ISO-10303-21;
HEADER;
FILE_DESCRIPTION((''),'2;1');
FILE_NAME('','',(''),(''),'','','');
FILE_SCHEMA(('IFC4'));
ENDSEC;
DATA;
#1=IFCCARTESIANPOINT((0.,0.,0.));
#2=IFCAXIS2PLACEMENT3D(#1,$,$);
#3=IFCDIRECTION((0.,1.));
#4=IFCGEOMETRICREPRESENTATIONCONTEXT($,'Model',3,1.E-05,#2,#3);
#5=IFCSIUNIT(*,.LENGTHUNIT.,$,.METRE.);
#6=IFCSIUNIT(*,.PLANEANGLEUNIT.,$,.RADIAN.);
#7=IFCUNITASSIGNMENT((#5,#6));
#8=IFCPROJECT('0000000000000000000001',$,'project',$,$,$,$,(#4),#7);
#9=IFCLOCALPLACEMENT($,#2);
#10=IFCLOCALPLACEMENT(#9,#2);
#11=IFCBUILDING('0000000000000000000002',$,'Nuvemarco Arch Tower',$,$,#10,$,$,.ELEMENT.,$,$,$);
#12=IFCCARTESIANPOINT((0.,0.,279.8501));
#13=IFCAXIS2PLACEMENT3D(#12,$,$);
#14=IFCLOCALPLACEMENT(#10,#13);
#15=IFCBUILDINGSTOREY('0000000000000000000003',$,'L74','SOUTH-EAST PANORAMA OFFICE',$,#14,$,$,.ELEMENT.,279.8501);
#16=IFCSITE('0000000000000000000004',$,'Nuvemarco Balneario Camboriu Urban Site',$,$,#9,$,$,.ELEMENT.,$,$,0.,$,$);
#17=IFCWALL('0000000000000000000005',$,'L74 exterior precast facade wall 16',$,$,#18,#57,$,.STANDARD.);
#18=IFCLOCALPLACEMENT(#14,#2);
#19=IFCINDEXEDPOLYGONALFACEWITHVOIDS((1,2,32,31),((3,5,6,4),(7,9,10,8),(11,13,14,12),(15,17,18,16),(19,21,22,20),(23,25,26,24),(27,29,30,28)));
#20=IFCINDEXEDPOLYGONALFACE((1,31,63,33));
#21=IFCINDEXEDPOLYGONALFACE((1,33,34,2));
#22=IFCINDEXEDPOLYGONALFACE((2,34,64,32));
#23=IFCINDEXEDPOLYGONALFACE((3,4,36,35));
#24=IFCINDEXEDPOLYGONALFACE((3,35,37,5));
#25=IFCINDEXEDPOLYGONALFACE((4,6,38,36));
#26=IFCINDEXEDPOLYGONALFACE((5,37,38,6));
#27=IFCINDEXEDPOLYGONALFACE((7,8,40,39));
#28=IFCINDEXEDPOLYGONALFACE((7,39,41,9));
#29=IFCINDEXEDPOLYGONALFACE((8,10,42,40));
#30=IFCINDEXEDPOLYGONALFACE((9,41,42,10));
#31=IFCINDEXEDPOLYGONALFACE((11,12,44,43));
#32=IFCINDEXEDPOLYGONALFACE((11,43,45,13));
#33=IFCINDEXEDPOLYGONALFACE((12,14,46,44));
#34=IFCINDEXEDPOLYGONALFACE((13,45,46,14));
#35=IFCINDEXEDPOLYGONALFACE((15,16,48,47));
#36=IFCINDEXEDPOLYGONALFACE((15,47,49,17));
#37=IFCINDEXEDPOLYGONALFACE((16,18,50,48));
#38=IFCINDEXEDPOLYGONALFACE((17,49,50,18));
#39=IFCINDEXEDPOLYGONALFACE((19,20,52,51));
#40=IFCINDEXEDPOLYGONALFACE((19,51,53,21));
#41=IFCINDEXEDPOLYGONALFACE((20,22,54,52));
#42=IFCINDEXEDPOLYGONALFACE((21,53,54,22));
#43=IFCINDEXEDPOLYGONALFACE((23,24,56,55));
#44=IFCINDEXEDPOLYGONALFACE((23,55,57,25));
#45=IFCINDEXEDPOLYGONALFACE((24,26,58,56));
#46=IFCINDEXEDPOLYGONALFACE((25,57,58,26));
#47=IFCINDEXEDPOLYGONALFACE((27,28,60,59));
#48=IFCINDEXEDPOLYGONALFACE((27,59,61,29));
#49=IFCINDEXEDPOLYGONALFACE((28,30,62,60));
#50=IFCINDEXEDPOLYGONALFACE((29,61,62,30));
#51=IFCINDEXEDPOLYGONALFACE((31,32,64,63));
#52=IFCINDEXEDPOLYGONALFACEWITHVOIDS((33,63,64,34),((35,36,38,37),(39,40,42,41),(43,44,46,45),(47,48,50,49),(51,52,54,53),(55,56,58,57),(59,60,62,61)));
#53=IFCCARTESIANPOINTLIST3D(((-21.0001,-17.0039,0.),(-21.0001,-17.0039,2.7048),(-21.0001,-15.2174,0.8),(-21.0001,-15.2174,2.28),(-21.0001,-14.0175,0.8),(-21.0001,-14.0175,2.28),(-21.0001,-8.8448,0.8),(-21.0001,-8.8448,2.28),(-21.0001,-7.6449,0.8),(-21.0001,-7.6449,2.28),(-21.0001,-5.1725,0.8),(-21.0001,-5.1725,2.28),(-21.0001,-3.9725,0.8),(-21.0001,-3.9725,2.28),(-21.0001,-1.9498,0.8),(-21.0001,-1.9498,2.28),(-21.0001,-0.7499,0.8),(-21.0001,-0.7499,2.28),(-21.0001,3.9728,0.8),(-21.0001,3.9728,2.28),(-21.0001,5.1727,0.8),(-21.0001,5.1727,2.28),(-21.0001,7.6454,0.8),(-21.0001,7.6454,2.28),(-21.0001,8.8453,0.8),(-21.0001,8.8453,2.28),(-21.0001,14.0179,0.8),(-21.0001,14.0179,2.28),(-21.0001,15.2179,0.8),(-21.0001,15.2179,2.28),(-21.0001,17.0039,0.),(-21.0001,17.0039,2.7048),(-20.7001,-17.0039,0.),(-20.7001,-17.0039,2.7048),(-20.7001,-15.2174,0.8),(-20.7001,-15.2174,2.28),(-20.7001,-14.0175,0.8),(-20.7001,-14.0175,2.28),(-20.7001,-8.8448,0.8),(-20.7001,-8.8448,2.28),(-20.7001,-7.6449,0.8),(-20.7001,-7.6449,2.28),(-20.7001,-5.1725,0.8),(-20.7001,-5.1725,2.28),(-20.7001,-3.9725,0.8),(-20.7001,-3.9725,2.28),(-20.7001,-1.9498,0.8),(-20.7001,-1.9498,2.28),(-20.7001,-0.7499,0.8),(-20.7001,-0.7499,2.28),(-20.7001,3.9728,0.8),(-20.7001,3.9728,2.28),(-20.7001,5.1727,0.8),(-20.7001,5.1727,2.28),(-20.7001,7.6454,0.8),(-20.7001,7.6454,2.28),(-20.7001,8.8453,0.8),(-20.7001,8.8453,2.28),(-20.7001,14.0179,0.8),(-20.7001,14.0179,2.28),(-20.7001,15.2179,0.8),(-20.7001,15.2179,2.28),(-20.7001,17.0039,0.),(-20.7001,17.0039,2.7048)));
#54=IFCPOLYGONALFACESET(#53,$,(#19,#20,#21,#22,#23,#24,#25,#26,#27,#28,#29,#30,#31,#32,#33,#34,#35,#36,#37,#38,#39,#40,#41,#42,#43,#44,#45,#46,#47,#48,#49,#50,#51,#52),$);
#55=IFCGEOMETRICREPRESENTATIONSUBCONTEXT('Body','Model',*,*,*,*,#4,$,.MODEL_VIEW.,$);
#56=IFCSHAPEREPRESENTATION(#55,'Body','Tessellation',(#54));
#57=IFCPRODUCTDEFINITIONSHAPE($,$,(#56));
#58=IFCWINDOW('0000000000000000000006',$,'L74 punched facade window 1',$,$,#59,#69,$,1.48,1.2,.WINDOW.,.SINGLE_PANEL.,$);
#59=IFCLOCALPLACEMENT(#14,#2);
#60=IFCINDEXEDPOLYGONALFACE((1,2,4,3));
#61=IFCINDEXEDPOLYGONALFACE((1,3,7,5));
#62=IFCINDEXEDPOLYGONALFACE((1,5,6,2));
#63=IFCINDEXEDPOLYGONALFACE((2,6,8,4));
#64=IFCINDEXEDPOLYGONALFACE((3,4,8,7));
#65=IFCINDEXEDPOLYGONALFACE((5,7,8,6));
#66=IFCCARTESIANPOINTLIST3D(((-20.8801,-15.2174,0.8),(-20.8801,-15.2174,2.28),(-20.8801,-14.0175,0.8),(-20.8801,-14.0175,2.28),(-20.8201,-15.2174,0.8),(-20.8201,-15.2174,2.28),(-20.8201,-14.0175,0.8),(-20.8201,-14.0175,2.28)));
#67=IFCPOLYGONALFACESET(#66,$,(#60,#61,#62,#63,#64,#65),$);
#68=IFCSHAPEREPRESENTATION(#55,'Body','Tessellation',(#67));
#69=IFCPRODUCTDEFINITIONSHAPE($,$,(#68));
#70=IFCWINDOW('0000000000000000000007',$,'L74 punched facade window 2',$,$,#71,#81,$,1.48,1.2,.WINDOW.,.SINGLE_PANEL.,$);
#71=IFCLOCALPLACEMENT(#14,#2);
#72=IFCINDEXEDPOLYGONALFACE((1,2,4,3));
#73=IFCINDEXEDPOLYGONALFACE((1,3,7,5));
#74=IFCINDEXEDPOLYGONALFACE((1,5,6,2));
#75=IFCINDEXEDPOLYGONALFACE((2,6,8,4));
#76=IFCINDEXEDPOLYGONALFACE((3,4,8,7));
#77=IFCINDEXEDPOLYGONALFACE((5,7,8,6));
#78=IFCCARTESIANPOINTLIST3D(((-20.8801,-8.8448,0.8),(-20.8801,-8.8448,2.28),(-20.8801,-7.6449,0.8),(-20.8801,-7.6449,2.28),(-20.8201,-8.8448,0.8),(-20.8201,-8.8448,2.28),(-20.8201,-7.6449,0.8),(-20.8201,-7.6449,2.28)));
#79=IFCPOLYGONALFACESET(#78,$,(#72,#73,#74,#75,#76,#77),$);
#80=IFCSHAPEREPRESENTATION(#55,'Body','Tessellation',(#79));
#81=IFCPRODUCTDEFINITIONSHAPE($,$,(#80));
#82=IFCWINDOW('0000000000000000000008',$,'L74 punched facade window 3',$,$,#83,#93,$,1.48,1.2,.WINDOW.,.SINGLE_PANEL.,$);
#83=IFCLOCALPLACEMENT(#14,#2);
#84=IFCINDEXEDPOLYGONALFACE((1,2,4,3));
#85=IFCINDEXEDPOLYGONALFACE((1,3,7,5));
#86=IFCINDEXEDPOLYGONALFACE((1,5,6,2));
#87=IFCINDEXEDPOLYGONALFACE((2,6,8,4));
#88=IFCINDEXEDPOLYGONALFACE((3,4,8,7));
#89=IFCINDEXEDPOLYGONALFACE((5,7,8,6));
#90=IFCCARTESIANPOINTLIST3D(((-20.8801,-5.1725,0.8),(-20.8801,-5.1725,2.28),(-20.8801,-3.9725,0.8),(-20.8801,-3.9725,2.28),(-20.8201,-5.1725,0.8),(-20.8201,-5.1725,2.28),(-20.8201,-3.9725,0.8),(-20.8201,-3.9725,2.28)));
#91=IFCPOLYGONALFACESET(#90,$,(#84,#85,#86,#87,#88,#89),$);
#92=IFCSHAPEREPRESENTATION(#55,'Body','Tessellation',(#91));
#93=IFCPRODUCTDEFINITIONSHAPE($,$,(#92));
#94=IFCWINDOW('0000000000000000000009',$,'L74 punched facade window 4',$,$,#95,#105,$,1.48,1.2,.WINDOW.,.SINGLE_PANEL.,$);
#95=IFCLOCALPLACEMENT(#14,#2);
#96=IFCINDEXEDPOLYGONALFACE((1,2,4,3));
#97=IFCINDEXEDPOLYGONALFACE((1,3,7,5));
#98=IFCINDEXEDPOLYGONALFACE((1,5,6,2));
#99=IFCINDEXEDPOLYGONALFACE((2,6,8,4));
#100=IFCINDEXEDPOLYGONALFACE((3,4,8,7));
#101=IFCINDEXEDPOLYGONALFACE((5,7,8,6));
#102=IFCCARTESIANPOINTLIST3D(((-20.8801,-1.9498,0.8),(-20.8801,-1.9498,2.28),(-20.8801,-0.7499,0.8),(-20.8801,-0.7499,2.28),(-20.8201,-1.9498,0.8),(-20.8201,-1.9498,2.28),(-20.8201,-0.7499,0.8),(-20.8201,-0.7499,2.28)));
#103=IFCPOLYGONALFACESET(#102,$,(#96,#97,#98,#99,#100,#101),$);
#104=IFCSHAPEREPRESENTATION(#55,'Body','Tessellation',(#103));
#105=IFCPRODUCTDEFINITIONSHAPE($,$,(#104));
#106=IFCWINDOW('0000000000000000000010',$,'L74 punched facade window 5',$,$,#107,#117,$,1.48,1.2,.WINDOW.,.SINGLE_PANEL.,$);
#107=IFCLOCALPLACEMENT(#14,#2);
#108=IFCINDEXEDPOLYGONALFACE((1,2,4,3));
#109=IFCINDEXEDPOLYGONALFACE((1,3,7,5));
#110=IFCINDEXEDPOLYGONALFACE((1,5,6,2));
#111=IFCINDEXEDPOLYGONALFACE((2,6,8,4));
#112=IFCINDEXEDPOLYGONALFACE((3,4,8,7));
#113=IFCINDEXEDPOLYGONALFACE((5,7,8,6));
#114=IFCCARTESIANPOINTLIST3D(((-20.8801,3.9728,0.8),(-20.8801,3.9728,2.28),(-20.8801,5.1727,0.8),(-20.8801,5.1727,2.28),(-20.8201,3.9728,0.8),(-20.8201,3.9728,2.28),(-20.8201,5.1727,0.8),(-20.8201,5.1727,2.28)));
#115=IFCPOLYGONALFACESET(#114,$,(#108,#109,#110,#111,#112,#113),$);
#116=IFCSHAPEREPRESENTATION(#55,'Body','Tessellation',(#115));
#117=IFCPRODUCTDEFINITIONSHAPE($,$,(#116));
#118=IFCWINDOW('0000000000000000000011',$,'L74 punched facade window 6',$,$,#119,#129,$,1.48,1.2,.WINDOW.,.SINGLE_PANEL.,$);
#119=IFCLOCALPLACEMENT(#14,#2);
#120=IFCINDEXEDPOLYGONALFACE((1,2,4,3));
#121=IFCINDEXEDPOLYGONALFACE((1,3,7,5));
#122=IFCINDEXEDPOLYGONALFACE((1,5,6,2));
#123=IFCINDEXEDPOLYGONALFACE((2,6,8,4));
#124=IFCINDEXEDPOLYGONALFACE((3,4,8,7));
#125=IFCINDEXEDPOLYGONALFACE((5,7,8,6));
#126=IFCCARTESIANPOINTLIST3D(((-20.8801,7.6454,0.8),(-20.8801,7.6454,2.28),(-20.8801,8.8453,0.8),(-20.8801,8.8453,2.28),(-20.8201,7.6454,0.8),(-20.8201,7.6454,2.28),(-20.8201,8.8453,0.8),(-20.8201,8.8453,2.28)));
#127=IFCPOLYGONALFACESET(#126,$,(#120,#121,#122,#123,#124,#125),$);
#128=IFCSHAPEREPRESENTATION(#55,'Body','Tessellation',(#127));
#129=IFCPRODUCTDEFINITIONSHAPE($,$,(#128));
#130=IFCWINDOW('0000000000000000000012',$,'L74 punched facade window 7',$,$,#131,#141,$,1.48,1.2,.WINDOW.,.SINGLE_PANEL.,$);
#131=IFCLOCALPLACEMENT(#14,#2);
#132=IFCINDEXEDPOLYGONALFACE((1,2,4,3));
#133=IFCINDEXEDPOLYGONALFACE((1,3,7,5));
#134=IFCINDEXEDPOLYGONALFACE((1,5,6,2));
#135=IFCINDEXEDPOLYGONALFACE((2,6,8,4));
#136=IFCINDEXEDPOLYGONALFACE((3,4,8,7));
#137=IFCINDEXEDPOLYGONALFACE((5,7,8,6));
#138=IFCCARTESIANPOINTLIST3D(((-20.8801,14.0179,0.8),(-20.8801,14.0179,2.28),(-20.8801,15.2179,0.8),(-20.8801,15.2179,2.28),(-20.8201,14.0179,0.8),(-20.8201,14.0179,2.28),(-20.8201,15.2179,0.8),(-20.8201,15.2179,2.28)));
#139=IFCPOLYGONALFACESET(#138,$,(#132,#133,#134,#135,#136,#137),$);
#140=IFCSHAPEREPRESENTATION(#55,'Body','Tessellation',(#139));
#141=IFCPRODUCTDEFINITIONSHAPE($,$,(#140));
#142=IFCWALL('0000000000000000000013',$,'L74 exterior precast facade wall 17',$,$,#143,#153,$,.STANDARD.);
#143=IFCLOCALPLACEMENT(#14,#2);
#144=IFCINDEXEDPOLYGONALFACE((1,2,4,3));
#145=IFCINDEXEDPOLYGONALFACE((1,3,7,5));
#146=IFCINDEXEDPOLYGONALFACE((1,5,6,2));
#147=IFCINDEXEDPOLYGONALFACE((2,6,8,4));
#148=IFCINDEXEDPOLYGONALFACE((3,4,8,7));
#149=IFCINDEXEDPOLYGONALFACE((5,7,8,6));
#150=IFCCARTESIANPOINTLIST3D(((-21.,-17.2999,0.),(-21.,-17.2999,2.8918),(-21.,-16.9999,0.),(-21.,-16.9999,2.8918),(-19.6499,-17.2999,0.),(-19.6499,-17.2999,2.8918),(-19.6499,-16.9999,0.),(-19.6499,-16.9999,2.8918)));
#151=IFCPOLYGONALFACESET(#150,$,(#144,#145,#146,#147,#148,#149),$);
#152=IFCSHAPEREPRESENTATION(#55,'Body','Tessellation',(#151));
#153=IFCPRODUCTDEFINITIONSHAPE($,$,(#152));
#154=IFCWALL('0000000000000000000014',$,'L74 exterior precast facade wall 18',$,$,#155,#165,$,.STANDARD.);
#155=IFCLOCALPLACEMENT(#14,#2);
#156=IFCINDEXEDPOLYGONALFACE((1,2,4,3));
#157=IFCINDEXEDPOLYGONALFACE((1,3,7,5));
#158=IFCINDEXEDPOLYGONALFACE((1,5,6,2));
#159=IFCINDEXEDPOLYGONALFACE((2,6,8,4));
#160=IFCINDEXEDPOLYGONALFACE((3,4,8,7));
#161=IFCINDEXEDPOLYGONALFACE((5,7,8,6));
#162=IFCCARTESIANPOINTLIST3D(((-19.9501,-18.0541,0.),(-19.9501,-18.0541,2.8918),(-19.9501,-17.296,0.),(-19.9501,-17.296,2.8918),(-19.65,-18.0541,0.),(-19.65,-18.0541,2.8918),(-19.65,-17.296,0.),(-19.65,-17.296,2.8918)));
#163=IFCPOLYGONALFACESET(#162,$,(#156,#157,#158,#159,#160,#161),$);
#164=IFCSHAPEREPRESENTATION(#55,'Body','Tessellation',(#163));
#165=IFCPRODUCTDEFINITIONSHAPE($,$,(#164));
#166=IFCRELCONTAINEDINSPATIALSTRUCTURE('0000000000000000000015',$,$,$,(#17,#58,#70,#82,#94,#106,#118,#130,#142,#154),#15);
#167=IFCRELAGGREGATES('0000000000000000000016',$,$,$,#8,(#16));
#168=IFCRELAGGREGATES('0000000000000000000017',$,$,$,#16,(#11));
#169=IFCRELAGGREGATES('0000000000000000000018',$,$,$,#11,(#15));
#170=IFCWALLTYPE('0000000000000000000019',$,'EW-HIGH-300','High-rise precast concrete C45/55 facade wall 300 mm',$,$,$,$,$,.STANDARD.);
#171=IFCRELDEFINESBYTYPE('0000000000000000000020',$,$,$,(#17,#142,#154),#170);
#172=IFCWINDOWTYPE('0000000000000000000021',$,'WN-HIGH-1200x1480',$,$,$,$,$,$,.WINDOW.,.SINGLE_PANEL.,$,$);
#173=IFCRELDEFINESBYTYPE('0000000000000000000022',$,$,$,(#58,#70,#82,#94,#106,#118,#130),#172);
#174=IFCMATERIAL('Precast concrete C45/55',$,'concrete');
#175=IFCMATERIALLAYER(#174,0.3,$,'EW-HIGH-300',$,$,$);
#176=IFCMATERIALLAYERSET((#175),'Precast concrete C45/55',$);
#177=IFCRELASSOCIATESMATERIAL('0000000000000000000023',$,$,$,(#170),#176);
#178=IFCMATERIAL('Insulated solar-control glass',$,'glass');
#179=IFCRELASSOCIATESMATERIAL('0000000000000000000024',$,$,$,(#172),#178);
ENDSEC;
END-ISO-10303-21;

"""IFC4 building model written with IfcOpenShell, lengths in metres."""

from ifc_helpers import new_model, si_unit, direction, frame, frame_2d, origin, place, context, subcontext, project, spatial, rectangle, extrude, source, transform, mapped, material, layer, layer_set, type_object, type_shapes, element, fill, save


model = new_model("IFC4")

# Units and contexts
model_context = context("Model", 3, precision=1e-05, world=origin(), true_north=direction((0.0, 1.0)))
body_context = subcontext(model_context, "Body", "Model", "MODEL_VIEW")
ifc_project = project(units=[si_unit("LENGTHUNIT", "METRE"), si_unit("PLANEANGLEUNIT", "RADIAN")], contexts=[model_context])

# Site, building, storey
site_placement = place(None, origin())
site = spatial("IfcSite", under=ifc_project, at=site_placement, Name="Nuvemarco Balneario Camboriu Urban Site", CompositionType="ELEMENT", RefElevation=0.0)
building_placement = place(site_placement, origin())
building = spatial("IfcBuilding", under=site, at=building_placement, Name="Nuvemarco Arch Tower", CompositionType="ELEMENT")
storey_placement = place(building_placement, frame((0.0, 0.0, 279.8501)))
storey = spatial("IfcBuildingStorey", under=building, at=storey_placement, Name="L74", Description="SOUTH-EAST PANORAMA OFFICE", CompositionType="ELEMENT", Elevation=279.8501)

# Shared definitions
ifc_material_1 = material(Name="Precast concrete C45/55", Category="concrete")

# Shared definitions
ifc_layer = layer(ifc_material_1, 0.3, Name="EW-HIGH-300")
ifc_layer_set = layer_set([ifc_layer], Name="Precast concrete C45/55")
wall_type = type_object("IfcWallType", Name="EW-HIGH-300", Description="High-rise precast concrete C45/55 facade wall 300 mm", PredefinedType="STANDARD", material=ifc_layer_set)
ifc_material_2 = material(Name="Insulated solar-control glass", Category="glass")

# Wall, openings, windows
wall_1_placement = place(storey_placement, frame((-20.8501, -17.0039, 0.0), z_axis=(0.0, 0.0, 1.0), x_axis=(0.0, 1.0, 0.0)))
wall_1 = element("IfcWall", 1, at=wall_1_placement, inside=storey, type_object=wall_type, Name="L74 exterior precast facade wall 16", PredefinedType="STANDARD", context=body_context, shape_type="SweptSolid", body=[
    extrude(rectangle(XDim=34.0078, YDim=0.3, at=frame_2d((17.0039, 0.0))), origin(), (0.0, 0.0, 1.0), 2.7048),
])
opening_1_placement = place(wall_1_placement, frame((1.7864, 0.0, 0.8)))
opening_1 = element("IfcOpeningElement", 2, at=opening_1_placement, cuts=wall_1, PredefinedType="OPENING", context=body_context, shape_type="SweptSolid", body=[
    extrude(rectangle(XDim=1.2, YDim=1.48, at=frame_2d((0.6001, 0.74))), frame((0.0, 0.1599, 0.0), z_axis=(0.0, -1.0, 0.0), x_axis=(1.0, 0.0, 0.0)), (0.0, 0.0, 1.0), 0.3201),
])
opening_2_placement = place(wall_1_placement, frame((8.1589, 0.0, 0.8)))
opening_2 = element("IfcOpeningElement", 3, at=opening_2_placement, cuts=wall_1, PredefinedType="OPENING", context=body_context, shape_type="SweptSolid", body=[
    extrude(rectangle(XDim=1.2, YDim=1.48, at=frame_2d((0.6001, 0.74))), frame((0.0, 0.1599, 0.0), z_axis=(0.0, -1.0, 0.0), x_axis=(1.0, 0.0, 0.0)), (0.0, 0.0, 1.0), 0.3201),
])
opening_3_placement = place(wall_1_placement, frame((11.8313, 0.0, 0.8)))
opening_3 = element("IfcOpeningElement", 4, at=opening_3_placement, cuts=wall_1, PredefinedType="OPENING", context=body_context, shape_type="SweptSolid", body=[
    extrude(rectangle(XDim=1.2, YDim=1.48, at=frame_2d((0.6001, 0.74))), frame((0.0, 0.1599, 0.0), z_axis=(0.0, -1.0, 0.0), x_axis=(1.0, 0.0, 0.0)), (0.0, 0.0, 1.0), 0.3201),
])
opening_4_placement = place(wall_1_placement, frame((15.054, 0.0, 0.8)))
opening_4 = element("IfcOpeningElement", 5, at=opening_4_placement, cuts=wall_1, PredefinedType="OPENING", context=body_context, shape_type="SweptSolid", body=[
    extrude(rectangle(XDim=1.2, YDim=1.48, at=frame_2d((0.6001, 0.74))), frame((0.0, 0.1599, 0.0), z_axis=(0.0, -1.0, 0.0), x_axis=(1.0, 0.0, 0.0)), (0.0, 0.0, 1.0), 0.3201),
])
opening_5_placement = place(wall_1_placement, frame((20.9766, 0.0, 0.8)))
opening_5 = element("IfcOpeningElement", 6, at=opening_5_placement, cuts=wall_1, PredefinedType="OPENING", context=body_context, shape_type="SweptSolid", body=[
    extrude(rectangle(XDim=1.2, YDim=1.48, at=frame_2d((0.6001, 0.74))), frame((0.0, 0.1599, 0.0), z_axis=(0.0, -1.0, 0.0), x_axis=(1.0, 0.0, 0.0)), (0.0, 0.0, 1.0), 0.3201),
])
opening_6_placement = place(wall_1_placement, frame((24.6492, 0.0, 0.8)))
opening_6 = element("IfcOpeningElement", 7, at=opening_6_placement, cuts=wall_1, PredefinedType="OPENING", context=body_context, shape_type="SweptSolid", body=[
    extrude(rectangle(XDim=1.2, YDim=1.48, at=frame_2d((0.6001, 0.74))), frame((0.0, 0.1599, 0.0), z_axis=(0.0, -1.0, 0.0), x_axis=(1.0, 0.0, 0.0)), (0.0, 0.0, 1.0), 0.3201),
])
opening_7_placement = place(wall_1_placement, frame((31.0217, 0.0, 0.8)))
opening_7 = element("IfcOpeningElement", 8, at=opening_7_placement, cuts=wall_1, PredefinedType="OPENING", context=body_context, shape_type="SweptSolid", body=[
    extrude(rectangle(XDim=1.2, YDim=1.48, at=frame_2d((0.6001, 0.74))), frame((0.0, 0.1599, 0.0), z_axis=(0.0, -1.0, 0.0), x_axis=(1.0, 0.0, 0.0)), (0.0, 0.0, 1.0), 0.3201),
])
window_type_1 = type_object("IfcWindowType", Name="WN-HIGH-1200x1480", PartitioningType="SINGLE_PANEL", PredefinedType="WINDOW", material=ifc_material_2)
shared_shape_1 = source(origin(), body_context, "Body", "SweptSolid", [
    extrude(rectangle(XDim=1.2, YDim=1.48, at=frame_2d((0.6001, 0.74))), frame((0.0, 0.03, 0.0), z_axis=(0.0, -1.0, 0.0), x_axis=(1.0, 0.0, 0.0)), (0.0, 0.0, 1.0), 0.0601),
])
type_shapes(window_type_1, [shared_shape_1])
window_1_placement = place(opening_1_placement, origin())
window_1 = element("IfcWindow", 9, at=window_1_placement, inside=storey, type_object=window_type_1, Name="L74 punched facade window 1", OverallHeight=1.48, OverallWidth=1.2, PartitioningType="SINGLE_PANEL", PredefinedType="WINDOW", context=body_context, shape_type="MappedRepresentation", body=[
    mapped(shared_shape_1, transform((0.0, 0.0, 0.0), scale=1.0)),
])
fill(opening_1, window_1)
window_2_placement = place(opening_2_placement, origin())
window_2 = element("IfcWindow", 10, at=window_2_placement, inside=storey, type_object=window_type_1, Name="L74 punched facade window 2", OverallHeight=1.48, OverallWidth=1.2, PartitioningType="SINGLE_PANEL", PredefinedType="WINDOW", context=body_context, shape_type="MappedRepresentation", body=[
    mapped(shared_shape_1, transform((0.0, 0.0, 0.0), scale=1.0)),
])
fill(opening_2, window_2)
window_3_placement = place(opening_3_placement, origin())
window_3 = element("IfcWindow", 11, at=window_3_placement, inside=storey, type_object=window_type_1, Name="L74 punched facade window 3", OverallHeight=1.48, OverallWidth=1.2, PartitioningType="SINGLE_PANEL", PredefinedType="WINDOW", context=body_context, shape_type="MappedRepresentation", body=[
    mapped(shared_shape_1, transform((0.0, 0.0, 0.0), scale=1.0)),
])
fill(opening_3, window_3)
window_4_placement = place(opening_4_placement, origin())
window_4 = element("IfcWindow", 12, at=window_4_placement, inside=storey, type_object=window_type_1, Name="L74 punched facade window 4", OverallHeight=1.48, OverallWidth=1.2, PartitioningType="SINGLE_PANEL", PredefinedType="WINDOW", context=body_context, shape_type="MappedRepresentation", body=[
    mapped(shared_shape_1, transform((0.0, 0.0, 0.0), scale=1.0)),
])
fill(opening_4, window_4)
window_5_placement = place(opening_5_placement, origin())
window_5 = element("IfcWindow", 13, at=window_5_placement, inside=storey, type_object=window_type_1, Name="L74 punched facade window 5", OverallHeight=1.48, OverallWidth=1.2, PartitioningType="SINGLE_PANEL", PredefinedType="WINDOW", context=body_context, shape_type="MappedRepresentation", body=[
    mapped(shared_shape_1, transform((0.0, 0.0, 0.0), scale=1.0)),
])
fill(opening_5, window_5)
window_6_placement = place(opening_6_placement, origin())
window_6 = element("IfcWindow", 14, at=window_6_placement, inside=storey, type_object=window_type_1, Name="L74 punched facade window 6", OverallHeight=1.48, OverallWidth=1.2, PartitioningType="SINGLE_PANEL", PredefinedType="WINDOW", context=body_context, shape_type="MappedRepresentation", body=[
    mapped(shared_shape_1, transform((0.0, 0.0, 0.0), scale=1.0)),
])
fill(opening_6, window_6)
window_7_placement = place(opening_7_placement, origin())
window_7 = element("IfcWindow", 15, at=window_7_placement, inside=storey, type_object=window_type_1, Name="L74 punched facade window 7", OverallHeight=1.48, OverallWidth=1.2, PartitioningType="SINGLE_PANEL", PredefinedType="WINDOW", context=body_context, shape_type="MappedRepresentation", body=[
    mapped(shared_shape_1, transform((0.0, 0.0, 0.0), scale=1.0)),
])
fill(opening_7, window_7)

# Walls
wall_2_placement = place(storey_placement, frame((-21.0, -17.1499, 0.0), z_axis=(0.0, 0.0, 1.0), x_axis=(1.0, 0.0, 0.0)))
element("IfcWall", 16, at=wall_2_placement, inside=storey, type_object=wall_type, Name="L74 exterior precast facade wall 17", PredefinedType="STANDARD", context=body_context, shape_type="SweptSolid", body=[
    extrude(rectangle(XDim=1.3501, YDim=0.3, at=frame_2d((0.675, 0.0))), origin(), (0.0, 0.0, 1.0), 2.8918),
])
wall_3_placement = place(storey_placement, frame((-19.8, -18.054, 0.0), z_axis=(0.0, 0.0, 1.0), x_axis=(0.0, 1.0, 0.0)))
element("IfcWall", 17, at=wall_3_placement, inside=storey, type_object=wall_type, Name="L74 exterior precast facade wall 18", PredefinedType="STANDARD", context=body_context, shape_type="SweptSolid", body=[
    extrude(rectangle(XDim=0.7581, YDim=0.3, at=frame_2d((0.3789, 0.0))), origin(), (0.0, 0.0, 1.0), 2.8918),
])

save(model, "model.ifc")
